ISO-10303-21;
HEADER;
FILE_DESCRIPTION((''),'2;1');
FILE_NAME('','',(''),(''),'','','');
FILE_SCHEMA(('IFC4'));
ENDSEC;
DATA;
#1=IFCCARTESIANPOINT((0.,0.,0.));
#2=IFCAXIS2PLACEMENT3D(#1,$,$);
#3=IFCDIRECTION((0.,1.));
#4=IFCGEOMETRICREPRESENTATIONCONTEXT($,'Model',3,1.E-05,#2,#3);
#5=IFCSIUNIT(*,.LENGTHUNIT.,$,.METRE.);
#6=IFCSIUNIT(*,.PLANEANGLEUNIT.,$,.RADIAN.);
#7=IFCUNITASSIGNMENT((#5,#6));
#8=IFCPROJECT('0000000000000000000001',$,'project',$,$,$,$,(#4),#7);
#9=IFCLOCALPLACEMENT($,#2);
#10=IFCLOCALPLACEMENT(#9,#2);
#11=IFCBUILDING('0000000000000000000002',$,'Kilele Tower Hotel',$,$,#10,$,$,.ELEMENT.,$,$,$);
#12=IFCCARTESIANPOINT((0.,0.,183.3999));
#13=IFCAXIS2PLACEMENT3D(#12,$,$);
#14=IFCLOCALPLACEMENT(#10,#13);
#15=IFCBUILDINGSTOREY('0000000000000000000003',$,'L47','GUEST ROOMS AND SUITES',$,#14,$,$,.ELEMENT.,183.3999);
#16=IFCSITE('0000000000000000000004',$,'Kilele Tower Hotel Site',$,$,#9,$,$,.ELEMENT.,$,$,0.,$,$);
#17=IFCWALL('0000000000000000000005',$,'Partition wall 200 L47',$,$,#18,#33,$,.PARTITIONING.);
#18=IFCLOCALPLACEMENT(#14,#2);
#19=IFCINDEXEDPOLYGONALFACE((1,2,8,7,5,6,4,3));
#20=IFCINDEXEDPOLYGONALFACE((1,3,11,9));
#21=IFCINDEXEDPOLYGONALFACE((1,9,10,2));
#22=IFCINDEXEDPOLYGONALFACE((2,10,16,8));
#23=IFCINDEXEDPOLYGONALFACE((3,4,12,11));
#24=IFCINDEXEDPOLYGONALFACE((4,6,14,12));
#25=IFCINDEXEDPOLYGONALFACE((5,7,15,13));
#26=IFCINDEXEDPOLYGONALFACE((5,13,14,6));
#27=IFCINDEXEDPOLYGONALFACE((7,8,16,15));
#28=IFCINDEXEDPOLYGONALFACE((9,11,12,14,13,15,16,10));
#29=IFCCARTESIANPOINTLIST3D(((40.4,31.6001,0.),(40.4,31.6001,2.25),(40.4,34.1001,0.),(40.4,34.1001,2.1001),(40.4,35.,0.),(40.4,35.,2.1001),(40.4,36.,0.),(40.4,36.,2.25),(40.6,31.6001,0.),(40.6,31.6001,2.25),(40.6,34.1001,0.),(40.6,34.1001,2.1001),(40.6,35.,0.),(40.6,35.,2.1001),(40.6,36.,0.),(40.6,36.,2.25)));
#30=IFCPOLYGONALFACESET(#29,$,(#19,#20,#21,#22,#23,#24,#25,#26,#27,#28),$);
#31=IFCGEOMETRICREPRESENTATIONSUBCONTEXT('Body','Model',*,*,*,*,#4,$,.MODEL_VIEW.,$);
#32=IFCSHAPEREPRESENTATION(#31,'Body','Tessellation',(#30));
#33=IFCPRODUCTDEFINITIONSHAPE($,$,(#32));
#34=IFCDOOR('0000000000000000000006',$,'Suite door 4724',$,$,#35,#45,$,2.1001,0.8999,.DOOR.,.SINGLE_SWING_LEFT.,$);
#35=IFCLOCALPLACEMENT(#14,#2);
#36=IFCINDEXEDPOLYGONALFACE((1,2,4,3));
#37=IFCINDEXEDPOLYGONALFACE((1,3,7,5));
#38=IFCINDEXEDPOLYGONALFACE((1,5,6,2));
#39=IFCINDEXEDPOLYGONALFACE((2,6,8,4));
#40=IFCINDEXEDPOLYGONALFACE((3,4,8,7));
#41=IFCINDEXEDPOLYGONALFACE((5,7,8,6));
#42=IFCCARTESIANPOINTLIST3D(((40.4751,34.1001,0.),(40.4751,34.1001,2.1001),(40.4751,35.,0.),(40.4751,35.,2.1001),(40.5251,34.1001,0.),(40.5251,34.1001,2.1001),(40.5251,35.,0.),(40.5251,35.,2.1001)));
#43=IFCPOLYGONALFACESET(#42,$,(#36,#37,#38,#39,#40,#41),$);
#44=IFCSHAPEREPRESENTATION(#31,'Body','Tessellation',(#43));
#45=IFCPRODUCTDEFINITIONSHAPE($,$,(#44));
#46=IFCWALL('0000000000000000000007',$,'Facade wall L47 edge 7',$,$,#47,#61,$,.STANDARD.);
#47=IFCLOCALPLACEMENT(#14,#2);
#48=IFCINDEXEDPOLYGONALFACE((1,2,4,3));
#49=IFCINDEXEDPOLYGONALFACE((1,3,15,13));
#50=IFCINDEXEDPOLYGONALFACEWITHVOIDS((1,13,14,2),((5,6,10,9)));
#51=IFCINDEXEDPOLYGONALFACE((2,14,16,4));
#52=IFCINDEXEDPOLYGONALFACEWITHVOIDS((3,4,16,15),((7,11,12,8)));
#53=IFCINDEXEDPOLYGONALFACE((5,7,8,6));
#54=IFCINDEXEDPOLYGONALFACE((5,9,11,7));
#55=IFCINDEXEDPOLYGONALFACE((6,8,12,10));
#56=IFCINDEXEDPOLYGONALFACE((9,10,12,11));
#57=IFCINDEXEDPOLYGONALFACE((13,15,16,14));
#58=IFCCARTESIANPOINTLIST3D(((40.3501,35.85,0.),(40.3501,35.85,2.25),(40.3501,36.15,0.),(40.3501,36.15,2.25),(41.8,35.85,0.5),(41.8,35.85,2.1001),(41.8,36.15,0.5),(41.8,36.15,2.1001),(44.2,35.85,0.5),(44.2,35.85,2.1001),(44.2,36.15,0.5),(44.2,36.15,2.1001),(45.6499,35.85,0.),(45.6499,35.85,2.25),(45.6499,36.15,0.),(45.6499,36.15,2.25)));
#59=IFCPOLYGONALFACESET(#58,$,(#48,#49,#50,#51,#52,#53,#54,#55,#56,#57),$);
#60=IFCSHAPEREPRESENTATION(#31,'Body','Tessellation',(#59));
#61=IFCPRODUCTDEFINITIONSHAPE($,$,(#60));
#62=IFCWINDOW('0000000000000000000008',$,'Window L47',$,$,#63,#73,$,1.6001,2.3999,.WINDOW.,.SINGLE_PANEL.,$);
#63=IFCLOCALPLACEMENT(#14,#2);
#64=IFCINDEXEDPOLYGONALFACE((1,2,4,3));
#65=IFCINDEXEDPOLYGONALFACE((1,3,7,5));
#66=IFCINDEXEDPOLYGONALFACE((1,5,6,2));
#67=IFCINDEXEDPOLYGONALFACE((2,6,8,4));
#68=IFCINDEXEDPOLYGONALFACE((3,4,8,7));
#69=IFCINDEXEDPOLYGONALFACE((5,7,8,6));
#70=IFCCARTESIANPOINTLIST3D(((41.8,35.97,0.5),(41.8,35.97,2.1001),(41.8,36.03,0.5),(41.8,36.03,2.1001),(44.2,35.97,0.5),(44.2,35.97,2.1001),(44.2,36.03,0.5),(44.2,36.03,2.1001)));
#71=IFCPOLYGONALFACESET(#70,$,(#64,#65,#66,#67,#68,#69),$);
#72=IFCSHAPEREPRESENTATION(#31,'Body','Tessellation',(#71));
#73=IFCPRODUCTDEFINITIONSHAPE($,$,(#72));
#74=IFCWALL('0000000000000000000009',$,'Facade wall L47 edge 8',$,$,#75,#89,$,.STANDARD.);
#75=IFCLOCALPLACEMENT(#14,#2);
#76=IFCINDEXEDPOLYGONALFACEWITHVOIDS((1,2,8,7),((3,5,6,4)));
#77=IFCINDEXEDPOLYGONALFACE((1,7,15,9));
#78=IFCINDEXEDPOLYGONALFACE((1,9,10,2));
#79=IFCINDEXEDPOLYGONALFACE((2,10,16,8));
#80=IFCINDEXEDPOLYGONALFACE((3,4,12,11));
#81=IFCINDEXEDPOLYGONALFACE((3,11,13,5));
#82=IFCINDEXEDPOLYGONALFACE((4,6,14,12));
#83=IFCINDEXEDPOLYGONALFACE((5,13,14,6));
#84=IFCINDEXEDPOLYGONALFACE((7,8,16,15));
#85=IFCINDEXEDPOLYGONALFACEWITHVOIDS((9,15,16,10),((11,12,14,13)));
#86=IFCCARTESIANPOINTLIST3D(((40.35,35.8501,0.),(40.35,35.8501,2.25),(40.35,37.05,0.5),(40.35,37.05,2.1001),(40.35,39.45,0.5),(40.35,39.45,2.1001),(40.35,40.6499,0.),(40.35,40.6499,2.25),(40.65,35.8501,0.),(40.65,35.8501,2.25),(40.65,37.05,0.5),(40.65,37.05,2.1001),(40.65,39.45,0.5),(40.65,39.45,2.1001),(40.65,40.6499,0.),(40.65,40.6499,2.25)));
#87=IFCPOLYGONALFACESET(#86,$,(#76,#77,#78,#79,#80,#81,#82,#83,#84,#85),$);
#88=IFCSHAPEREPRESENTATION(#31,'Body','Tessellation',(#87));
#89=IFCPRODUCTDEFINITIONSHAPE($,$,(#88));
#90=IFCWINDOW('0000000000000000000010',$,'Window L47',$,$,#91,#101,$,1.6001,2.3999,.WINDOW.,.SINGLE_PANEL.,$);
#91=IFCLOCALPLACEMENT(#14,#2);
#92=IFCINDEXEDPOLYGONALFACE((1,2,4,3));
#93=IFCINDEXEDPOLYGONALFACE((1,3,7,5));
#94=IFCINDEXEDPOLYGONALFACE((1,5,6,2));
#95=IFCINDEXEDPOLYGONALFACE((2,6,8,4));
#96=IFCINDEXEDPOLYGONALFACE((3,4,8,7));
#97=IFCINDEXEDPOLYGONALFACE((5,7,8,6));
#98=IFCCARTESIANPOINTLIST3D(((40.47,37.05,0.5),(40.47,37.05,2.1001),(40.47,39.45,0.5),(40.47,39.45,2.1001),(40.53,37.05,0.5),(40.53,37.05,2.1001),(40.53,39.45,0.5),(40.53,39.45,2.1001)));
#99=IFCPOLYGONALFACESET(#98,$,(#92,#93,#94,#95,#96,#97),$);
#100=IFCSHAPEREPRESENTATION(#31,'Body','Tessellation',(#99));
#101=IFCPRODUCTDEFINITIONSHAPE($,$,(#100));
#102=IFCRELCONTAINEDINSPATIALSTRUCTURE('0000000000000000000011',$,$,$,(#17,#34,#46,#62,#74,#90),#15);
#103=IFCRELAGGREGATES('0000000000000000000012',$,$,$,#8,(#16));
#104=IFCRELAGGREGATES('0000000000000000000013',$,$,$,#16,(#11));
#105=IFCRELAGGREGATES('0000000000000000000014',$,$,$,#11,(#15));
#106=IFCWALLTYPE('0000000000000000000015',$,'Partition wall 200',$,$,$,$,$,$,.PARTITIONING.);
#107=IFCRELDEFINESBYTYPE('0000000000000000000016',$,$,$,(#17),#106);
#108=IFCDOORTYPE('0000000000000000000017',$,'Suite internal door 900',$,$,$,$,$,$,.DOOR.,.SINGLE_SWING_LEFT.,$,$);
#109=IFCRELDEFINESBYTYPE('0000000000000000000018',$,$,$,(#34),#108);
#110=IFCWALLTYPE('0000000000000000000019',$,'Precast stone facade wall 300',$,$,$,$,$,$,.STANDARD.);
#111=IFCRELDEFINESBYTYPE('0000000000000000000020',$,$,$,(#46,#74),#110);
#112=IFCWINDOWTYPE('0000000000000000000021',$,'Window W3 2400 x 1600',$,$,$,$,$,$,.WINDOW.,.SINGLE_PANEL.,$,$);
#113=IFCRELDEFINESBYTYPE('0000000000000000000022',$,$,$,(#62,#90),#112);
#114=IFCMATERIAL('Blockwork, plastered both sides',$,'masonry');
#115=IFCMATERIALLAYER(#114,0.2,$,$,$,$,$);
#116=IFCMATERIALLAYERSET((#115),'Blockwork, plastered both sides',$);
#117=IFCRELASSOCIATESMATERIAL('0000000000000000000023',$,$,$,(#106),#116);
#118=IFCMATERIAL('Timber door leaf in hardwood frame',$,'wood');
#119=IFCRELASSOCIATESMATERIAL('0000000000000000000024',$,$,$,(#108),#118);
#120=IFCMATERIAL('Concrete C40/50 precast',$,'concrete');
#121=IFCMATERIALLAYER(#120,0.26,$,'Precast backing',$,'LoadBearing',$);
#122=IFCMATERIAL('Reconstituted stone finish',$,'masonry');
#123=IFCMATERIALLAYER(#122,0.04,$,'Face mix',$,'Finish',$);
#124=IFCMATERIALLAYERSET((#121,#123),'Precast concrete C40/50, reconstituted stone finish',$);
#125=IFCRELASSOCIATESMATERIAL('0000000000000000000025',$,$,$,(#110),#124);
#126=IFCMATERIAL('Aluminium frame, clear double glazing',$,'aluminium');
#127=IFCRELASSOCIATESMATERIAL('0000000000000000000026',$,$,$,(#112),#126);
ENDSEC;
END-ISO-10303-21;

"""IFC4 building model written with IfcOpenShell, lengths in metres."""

from ifc_helpers import new_model, si_unit, direction, frame, frame_2d, origin, place, context, subcontext, project, spatial, rectangle, extrude, material, layer, layer_set, type_object, element, fill, save


model = new_model("IFC4")

# Units and contexts
model_context = context("Model", 3, precision=1e-05, world=origin(), true_north=direction((0.0, 1.0)))
body_context = subcontext(model_context, "Body", "Model", "MODEL_VIEW")
ifc_project = project(units=[si_unit("LENGTHUNIT", "METRE"), si_unit("PLANEANGLEUNIT", "RADIAN")], contexts=[model_context])

# Site, building, storey
site_placement = place(None, origin())
site = spatial("IfcSite", under=ifc_project, at=site_placement, Name="Kilele Tower Hotel Site", CompositionType="ELEMENT", RefElevation=0.0)
building_placement = place(site_placement, origin())
building = spatial("IfcBuilding", under=site, at=building_placement, Name="Kilele Tower Hotel", CompositionType="ELEMENT")
storey_placement = place(building_placement, frame((0.0, 0.0, 183.3999)))
storey = spatial("IfcBuildingStorey", under=building, at=storey_placement, Name="L47", Description="GUEST ROOMS AND SUITES", CompositionType="ELEMENT", Elevation=183.3999)

# Wall, opening, door
ifc_material_1 = material(Name="Blockwork, plastered both sides", Category="masonry")
ifc_layer_1 = layer(ifc_material_1, 0.2)
ifc_layer_set_1 = layer_set([ifc_layer_1], Name="Blockwork, plastered both sides")
wall_type_1 = type_object("IfcWallType", Name="Partition wall 200", PredefinedType="PARTITIONING", material=ifc_layer_set_1)
wall_1_placement = place(storey_placement, frame((40.5, 31.6001, 0.0), z_axis=(0.0, 0.0, 1.0), x_axis=(0.0, 1.0, 0.0)))
wall_1 = element("IfcWall", 1, at=wall_1_placement, inside=storey, type_object=wall_type_1, Name="Partition wall 200 L47", PredefinedType="PARTITIONING", context=body_context, shape_type="SweptSolid", body=[
    extrude(rectangle(XDim=4.3999, YDim=0.2, at=frame_2d((2.2, 0.0))), origin(), (0.0, 0.0, 1.0), 2.25),
])
opening_1_placement = place(wall_1_placement, frame((2.5, 0.0, 0.0)))
opening_1 = element("IfcOpeningElement", 2, at=opening_1_placement, cuts=wall_1, PredefinedType="OPENING", context=body_context, shape_type="SweptSolid", body=[
    extrude(rectangle(XDim=0.8999, YDim=2.1001, at=frame_2d((0.45, 1.05))), frame((0.0, 0.1099, 0.0), z_axis=(0.0, -1.0, 0.0), x_axis=(1.0, 0.0, 0.0)), (0.0, 0.0, 1.0), 0.22),
])
ifc_material_2 = material(Name="Timber door leaf in hardwood frame", Category="wood")
door_type_1 = type_object("IfcDoorType", Name="Suite internal door 900", OperationType="SINGLE_SWING_LEFT", PredefinedType="DOOR", material=ifc_material_2)
door_1_placement = place(opening_1_placement, origin())
door_1 = element("IfcDoor", 3, at=door_1_placement, inside=storey, type_object=door_type_1, Name="Suite door 4724", OperationType="SINGLE_SWING_LEFT", OverallHeight=2.1001, OverallWidth=0.8999, PredefinedType="DOOR", context=body_context, shape_type="SweptSolid", body=[
    extrude(rectangle(XDim=0.8999, YDim=2.1001, at=frame_2d((0.45, 1.05))), frame((0.0, 0.0249, 0.0), z_axis=(0.0, -1.0, 0.0), x_axis=(1.0, 0.0, 0.0)), (0.0, 0.0, 1.0), 0.05),
])
fill(opening_1, door_1)

# Walls, openings, windows
ifc_material_3 = material(Name="Concrete C40/50 precast", Category="concrete")
ifc_layer_2 = layer(ifc_material_3, 0.26, Name="Precast backing", Category="LoadBearing")
ifc_material_4 = material(Name="Reconstituted stone finish", Category="masonry")
ifc_layer_3 = layer(ifc_material_4, 0.04, Name="Face mix", Category="Finish")
ifc_layer_set_2 = layer_set([ifc_layer_2, ifc_layer_3], Name="Precast concrete C40/50, reconstituted stone finish")
wall_type_2 = type_object("IfcWallType", Name="Precast stone facade wall 300", PredefinedType="STANDARD", material=ifc_layer_set_2)
wall_2_placement = place(storey_placement, frame((45.6499, 36.0, 0.0), z_axis=(0.0, 0.0, 1.0), x_axis=(-1.0, 0.0, 0.0)))
wall_2 = element("IfcWall", 4, at=wall_2_placement, inside=storey, type_object=wall_type_2, Name="Facade wall L47 edge 7", PredefinedType="STANDARD", context=body_context, shape_type="SweptSolid", body=[
    extrude(rectangle(XDim=5.2998, YDim=0.3, at=frame_2d((2.6499, 0.0))), origin(), (0.0, 0.0, 1.0), 2.25),
])
opening_2_placement = place(wall_2_placement, frame((1.45, 0.0, 0.5)))
opening_2 = element("IfcOpeningElement", 5, at=opening_2_placement, cuts=wall_2, PredefinedType="OPENING", context=body_context, shape_type="SweptSolid", body=[
    extrude(rectangle(XDim=2.3999, YDim=1.6001, at=frame_2d((1.2, 0.8))), frame((0.0, 0.1599, 0.0), z_axis=(0.0, -1.0, 0.0), x_axis=(1.0, 0.0, 0.0)), (0.0, 0.0, 1.0), 0.3201),
])
ifc_material_5 = material(Name="Aluminium frame, clear double glazing", Category="aluminium")
window_type = type_object("IfcWindowType", Name="Window W3 2400 x 1600", PartitioningType="SINGLE_PANEL", PredefinedType="WINDOW", material=ifc_material_5)
window_1_placement = place(opening_2_placement, origin())
window_1 = element("IfcWindow", 6, at=window_1_placement, inside=storey, type_object=window_type, Name="Window L47", OverallHeight=1.6001, OverallWidth=2.3999, PartitioningType="SINGLE_PANEL", PredefinedType="WINDOW", context=body_context, shape_type="SweptSolid", body=[
    extrude(rectangle(XDim=2.3999, YDim=1.6001, at=frame_2d((1.2, 0.8))), frame((0.0, 0.03, 0.0), z_axis=(0.0, -1.0, 0.0), x_axis=(1.0, 0.0, 0.0)), (0.0, 0.0, 1.0), 0.0601),
])
fill(opening_2, window_1)
wall_3_placement = place(storey_placement, frame((40.5, 35.8501, 0.0), z_axis=(0.0, 0.0, 1.0), x_axis=(0.0, 1.0, 0.0)))
wall_3 = element("IfcWall", 7, at=wall_3_placement, inside=storey, type_object=wall_type_2, Name="Facade wall L47 edge 8", PredefinedType="STANDARD", context=body_context, shape_type="SweptSolid", body=[
    extrude(rectangle(XDim=4.7998, YDim=0.3, at=frame_2d((2.3999, 0.0))), origin(), (0.0, 0.0, 1.0), 2.25),
])
opening_3_placement = place(wall_3_placement, frame((1.2, 0.0, 0.5)))
opening_3 = element("IfcOpeningElement", 8, at=opening_3_placement, cuts=wall_3, PredefinedType="OPENING", context=body_context, shape_type="SweptSolid", body=[
    extrude(rectangle(XDim=2.3999, YDim=1.6001, at=frame_2d((1.2, 0.8))), frame((0.0, 0.1599, 0.0), z_axis=(0.0, -1.0, 0.0), x_axis=(1.0, 0.0, 0.0)), (0.0, 0.0, 1.0), 0.3201),
])
window_2_placement = place(opening_3_placement, origin())
window_2 = element("IfcWindow", 9, at=window_2_placement, inside=storey, type_object=window_type, Name="Window L47", OverallHeight=1.6001, OverallWidth=2.3999, PartitioningType="SINGLE_PANEL", PredefinedType="WINDOW", context=body_context, shape_type="SweptSolid", body=[
    extrude(rectangle(XDim=2.3999, YDim=1.6001, at=frame_2d((1.2, 0.8))), frame((0.0, 0.03, 0.0), z_axis=(0.0, -1.0, 0.0), x_axis=(1.0, 0.0, 0.0)), (0.0, 0.0, 1.0), 0.0601),
])
fill(opening_3, window_2)

save(model, "model.ifc")
